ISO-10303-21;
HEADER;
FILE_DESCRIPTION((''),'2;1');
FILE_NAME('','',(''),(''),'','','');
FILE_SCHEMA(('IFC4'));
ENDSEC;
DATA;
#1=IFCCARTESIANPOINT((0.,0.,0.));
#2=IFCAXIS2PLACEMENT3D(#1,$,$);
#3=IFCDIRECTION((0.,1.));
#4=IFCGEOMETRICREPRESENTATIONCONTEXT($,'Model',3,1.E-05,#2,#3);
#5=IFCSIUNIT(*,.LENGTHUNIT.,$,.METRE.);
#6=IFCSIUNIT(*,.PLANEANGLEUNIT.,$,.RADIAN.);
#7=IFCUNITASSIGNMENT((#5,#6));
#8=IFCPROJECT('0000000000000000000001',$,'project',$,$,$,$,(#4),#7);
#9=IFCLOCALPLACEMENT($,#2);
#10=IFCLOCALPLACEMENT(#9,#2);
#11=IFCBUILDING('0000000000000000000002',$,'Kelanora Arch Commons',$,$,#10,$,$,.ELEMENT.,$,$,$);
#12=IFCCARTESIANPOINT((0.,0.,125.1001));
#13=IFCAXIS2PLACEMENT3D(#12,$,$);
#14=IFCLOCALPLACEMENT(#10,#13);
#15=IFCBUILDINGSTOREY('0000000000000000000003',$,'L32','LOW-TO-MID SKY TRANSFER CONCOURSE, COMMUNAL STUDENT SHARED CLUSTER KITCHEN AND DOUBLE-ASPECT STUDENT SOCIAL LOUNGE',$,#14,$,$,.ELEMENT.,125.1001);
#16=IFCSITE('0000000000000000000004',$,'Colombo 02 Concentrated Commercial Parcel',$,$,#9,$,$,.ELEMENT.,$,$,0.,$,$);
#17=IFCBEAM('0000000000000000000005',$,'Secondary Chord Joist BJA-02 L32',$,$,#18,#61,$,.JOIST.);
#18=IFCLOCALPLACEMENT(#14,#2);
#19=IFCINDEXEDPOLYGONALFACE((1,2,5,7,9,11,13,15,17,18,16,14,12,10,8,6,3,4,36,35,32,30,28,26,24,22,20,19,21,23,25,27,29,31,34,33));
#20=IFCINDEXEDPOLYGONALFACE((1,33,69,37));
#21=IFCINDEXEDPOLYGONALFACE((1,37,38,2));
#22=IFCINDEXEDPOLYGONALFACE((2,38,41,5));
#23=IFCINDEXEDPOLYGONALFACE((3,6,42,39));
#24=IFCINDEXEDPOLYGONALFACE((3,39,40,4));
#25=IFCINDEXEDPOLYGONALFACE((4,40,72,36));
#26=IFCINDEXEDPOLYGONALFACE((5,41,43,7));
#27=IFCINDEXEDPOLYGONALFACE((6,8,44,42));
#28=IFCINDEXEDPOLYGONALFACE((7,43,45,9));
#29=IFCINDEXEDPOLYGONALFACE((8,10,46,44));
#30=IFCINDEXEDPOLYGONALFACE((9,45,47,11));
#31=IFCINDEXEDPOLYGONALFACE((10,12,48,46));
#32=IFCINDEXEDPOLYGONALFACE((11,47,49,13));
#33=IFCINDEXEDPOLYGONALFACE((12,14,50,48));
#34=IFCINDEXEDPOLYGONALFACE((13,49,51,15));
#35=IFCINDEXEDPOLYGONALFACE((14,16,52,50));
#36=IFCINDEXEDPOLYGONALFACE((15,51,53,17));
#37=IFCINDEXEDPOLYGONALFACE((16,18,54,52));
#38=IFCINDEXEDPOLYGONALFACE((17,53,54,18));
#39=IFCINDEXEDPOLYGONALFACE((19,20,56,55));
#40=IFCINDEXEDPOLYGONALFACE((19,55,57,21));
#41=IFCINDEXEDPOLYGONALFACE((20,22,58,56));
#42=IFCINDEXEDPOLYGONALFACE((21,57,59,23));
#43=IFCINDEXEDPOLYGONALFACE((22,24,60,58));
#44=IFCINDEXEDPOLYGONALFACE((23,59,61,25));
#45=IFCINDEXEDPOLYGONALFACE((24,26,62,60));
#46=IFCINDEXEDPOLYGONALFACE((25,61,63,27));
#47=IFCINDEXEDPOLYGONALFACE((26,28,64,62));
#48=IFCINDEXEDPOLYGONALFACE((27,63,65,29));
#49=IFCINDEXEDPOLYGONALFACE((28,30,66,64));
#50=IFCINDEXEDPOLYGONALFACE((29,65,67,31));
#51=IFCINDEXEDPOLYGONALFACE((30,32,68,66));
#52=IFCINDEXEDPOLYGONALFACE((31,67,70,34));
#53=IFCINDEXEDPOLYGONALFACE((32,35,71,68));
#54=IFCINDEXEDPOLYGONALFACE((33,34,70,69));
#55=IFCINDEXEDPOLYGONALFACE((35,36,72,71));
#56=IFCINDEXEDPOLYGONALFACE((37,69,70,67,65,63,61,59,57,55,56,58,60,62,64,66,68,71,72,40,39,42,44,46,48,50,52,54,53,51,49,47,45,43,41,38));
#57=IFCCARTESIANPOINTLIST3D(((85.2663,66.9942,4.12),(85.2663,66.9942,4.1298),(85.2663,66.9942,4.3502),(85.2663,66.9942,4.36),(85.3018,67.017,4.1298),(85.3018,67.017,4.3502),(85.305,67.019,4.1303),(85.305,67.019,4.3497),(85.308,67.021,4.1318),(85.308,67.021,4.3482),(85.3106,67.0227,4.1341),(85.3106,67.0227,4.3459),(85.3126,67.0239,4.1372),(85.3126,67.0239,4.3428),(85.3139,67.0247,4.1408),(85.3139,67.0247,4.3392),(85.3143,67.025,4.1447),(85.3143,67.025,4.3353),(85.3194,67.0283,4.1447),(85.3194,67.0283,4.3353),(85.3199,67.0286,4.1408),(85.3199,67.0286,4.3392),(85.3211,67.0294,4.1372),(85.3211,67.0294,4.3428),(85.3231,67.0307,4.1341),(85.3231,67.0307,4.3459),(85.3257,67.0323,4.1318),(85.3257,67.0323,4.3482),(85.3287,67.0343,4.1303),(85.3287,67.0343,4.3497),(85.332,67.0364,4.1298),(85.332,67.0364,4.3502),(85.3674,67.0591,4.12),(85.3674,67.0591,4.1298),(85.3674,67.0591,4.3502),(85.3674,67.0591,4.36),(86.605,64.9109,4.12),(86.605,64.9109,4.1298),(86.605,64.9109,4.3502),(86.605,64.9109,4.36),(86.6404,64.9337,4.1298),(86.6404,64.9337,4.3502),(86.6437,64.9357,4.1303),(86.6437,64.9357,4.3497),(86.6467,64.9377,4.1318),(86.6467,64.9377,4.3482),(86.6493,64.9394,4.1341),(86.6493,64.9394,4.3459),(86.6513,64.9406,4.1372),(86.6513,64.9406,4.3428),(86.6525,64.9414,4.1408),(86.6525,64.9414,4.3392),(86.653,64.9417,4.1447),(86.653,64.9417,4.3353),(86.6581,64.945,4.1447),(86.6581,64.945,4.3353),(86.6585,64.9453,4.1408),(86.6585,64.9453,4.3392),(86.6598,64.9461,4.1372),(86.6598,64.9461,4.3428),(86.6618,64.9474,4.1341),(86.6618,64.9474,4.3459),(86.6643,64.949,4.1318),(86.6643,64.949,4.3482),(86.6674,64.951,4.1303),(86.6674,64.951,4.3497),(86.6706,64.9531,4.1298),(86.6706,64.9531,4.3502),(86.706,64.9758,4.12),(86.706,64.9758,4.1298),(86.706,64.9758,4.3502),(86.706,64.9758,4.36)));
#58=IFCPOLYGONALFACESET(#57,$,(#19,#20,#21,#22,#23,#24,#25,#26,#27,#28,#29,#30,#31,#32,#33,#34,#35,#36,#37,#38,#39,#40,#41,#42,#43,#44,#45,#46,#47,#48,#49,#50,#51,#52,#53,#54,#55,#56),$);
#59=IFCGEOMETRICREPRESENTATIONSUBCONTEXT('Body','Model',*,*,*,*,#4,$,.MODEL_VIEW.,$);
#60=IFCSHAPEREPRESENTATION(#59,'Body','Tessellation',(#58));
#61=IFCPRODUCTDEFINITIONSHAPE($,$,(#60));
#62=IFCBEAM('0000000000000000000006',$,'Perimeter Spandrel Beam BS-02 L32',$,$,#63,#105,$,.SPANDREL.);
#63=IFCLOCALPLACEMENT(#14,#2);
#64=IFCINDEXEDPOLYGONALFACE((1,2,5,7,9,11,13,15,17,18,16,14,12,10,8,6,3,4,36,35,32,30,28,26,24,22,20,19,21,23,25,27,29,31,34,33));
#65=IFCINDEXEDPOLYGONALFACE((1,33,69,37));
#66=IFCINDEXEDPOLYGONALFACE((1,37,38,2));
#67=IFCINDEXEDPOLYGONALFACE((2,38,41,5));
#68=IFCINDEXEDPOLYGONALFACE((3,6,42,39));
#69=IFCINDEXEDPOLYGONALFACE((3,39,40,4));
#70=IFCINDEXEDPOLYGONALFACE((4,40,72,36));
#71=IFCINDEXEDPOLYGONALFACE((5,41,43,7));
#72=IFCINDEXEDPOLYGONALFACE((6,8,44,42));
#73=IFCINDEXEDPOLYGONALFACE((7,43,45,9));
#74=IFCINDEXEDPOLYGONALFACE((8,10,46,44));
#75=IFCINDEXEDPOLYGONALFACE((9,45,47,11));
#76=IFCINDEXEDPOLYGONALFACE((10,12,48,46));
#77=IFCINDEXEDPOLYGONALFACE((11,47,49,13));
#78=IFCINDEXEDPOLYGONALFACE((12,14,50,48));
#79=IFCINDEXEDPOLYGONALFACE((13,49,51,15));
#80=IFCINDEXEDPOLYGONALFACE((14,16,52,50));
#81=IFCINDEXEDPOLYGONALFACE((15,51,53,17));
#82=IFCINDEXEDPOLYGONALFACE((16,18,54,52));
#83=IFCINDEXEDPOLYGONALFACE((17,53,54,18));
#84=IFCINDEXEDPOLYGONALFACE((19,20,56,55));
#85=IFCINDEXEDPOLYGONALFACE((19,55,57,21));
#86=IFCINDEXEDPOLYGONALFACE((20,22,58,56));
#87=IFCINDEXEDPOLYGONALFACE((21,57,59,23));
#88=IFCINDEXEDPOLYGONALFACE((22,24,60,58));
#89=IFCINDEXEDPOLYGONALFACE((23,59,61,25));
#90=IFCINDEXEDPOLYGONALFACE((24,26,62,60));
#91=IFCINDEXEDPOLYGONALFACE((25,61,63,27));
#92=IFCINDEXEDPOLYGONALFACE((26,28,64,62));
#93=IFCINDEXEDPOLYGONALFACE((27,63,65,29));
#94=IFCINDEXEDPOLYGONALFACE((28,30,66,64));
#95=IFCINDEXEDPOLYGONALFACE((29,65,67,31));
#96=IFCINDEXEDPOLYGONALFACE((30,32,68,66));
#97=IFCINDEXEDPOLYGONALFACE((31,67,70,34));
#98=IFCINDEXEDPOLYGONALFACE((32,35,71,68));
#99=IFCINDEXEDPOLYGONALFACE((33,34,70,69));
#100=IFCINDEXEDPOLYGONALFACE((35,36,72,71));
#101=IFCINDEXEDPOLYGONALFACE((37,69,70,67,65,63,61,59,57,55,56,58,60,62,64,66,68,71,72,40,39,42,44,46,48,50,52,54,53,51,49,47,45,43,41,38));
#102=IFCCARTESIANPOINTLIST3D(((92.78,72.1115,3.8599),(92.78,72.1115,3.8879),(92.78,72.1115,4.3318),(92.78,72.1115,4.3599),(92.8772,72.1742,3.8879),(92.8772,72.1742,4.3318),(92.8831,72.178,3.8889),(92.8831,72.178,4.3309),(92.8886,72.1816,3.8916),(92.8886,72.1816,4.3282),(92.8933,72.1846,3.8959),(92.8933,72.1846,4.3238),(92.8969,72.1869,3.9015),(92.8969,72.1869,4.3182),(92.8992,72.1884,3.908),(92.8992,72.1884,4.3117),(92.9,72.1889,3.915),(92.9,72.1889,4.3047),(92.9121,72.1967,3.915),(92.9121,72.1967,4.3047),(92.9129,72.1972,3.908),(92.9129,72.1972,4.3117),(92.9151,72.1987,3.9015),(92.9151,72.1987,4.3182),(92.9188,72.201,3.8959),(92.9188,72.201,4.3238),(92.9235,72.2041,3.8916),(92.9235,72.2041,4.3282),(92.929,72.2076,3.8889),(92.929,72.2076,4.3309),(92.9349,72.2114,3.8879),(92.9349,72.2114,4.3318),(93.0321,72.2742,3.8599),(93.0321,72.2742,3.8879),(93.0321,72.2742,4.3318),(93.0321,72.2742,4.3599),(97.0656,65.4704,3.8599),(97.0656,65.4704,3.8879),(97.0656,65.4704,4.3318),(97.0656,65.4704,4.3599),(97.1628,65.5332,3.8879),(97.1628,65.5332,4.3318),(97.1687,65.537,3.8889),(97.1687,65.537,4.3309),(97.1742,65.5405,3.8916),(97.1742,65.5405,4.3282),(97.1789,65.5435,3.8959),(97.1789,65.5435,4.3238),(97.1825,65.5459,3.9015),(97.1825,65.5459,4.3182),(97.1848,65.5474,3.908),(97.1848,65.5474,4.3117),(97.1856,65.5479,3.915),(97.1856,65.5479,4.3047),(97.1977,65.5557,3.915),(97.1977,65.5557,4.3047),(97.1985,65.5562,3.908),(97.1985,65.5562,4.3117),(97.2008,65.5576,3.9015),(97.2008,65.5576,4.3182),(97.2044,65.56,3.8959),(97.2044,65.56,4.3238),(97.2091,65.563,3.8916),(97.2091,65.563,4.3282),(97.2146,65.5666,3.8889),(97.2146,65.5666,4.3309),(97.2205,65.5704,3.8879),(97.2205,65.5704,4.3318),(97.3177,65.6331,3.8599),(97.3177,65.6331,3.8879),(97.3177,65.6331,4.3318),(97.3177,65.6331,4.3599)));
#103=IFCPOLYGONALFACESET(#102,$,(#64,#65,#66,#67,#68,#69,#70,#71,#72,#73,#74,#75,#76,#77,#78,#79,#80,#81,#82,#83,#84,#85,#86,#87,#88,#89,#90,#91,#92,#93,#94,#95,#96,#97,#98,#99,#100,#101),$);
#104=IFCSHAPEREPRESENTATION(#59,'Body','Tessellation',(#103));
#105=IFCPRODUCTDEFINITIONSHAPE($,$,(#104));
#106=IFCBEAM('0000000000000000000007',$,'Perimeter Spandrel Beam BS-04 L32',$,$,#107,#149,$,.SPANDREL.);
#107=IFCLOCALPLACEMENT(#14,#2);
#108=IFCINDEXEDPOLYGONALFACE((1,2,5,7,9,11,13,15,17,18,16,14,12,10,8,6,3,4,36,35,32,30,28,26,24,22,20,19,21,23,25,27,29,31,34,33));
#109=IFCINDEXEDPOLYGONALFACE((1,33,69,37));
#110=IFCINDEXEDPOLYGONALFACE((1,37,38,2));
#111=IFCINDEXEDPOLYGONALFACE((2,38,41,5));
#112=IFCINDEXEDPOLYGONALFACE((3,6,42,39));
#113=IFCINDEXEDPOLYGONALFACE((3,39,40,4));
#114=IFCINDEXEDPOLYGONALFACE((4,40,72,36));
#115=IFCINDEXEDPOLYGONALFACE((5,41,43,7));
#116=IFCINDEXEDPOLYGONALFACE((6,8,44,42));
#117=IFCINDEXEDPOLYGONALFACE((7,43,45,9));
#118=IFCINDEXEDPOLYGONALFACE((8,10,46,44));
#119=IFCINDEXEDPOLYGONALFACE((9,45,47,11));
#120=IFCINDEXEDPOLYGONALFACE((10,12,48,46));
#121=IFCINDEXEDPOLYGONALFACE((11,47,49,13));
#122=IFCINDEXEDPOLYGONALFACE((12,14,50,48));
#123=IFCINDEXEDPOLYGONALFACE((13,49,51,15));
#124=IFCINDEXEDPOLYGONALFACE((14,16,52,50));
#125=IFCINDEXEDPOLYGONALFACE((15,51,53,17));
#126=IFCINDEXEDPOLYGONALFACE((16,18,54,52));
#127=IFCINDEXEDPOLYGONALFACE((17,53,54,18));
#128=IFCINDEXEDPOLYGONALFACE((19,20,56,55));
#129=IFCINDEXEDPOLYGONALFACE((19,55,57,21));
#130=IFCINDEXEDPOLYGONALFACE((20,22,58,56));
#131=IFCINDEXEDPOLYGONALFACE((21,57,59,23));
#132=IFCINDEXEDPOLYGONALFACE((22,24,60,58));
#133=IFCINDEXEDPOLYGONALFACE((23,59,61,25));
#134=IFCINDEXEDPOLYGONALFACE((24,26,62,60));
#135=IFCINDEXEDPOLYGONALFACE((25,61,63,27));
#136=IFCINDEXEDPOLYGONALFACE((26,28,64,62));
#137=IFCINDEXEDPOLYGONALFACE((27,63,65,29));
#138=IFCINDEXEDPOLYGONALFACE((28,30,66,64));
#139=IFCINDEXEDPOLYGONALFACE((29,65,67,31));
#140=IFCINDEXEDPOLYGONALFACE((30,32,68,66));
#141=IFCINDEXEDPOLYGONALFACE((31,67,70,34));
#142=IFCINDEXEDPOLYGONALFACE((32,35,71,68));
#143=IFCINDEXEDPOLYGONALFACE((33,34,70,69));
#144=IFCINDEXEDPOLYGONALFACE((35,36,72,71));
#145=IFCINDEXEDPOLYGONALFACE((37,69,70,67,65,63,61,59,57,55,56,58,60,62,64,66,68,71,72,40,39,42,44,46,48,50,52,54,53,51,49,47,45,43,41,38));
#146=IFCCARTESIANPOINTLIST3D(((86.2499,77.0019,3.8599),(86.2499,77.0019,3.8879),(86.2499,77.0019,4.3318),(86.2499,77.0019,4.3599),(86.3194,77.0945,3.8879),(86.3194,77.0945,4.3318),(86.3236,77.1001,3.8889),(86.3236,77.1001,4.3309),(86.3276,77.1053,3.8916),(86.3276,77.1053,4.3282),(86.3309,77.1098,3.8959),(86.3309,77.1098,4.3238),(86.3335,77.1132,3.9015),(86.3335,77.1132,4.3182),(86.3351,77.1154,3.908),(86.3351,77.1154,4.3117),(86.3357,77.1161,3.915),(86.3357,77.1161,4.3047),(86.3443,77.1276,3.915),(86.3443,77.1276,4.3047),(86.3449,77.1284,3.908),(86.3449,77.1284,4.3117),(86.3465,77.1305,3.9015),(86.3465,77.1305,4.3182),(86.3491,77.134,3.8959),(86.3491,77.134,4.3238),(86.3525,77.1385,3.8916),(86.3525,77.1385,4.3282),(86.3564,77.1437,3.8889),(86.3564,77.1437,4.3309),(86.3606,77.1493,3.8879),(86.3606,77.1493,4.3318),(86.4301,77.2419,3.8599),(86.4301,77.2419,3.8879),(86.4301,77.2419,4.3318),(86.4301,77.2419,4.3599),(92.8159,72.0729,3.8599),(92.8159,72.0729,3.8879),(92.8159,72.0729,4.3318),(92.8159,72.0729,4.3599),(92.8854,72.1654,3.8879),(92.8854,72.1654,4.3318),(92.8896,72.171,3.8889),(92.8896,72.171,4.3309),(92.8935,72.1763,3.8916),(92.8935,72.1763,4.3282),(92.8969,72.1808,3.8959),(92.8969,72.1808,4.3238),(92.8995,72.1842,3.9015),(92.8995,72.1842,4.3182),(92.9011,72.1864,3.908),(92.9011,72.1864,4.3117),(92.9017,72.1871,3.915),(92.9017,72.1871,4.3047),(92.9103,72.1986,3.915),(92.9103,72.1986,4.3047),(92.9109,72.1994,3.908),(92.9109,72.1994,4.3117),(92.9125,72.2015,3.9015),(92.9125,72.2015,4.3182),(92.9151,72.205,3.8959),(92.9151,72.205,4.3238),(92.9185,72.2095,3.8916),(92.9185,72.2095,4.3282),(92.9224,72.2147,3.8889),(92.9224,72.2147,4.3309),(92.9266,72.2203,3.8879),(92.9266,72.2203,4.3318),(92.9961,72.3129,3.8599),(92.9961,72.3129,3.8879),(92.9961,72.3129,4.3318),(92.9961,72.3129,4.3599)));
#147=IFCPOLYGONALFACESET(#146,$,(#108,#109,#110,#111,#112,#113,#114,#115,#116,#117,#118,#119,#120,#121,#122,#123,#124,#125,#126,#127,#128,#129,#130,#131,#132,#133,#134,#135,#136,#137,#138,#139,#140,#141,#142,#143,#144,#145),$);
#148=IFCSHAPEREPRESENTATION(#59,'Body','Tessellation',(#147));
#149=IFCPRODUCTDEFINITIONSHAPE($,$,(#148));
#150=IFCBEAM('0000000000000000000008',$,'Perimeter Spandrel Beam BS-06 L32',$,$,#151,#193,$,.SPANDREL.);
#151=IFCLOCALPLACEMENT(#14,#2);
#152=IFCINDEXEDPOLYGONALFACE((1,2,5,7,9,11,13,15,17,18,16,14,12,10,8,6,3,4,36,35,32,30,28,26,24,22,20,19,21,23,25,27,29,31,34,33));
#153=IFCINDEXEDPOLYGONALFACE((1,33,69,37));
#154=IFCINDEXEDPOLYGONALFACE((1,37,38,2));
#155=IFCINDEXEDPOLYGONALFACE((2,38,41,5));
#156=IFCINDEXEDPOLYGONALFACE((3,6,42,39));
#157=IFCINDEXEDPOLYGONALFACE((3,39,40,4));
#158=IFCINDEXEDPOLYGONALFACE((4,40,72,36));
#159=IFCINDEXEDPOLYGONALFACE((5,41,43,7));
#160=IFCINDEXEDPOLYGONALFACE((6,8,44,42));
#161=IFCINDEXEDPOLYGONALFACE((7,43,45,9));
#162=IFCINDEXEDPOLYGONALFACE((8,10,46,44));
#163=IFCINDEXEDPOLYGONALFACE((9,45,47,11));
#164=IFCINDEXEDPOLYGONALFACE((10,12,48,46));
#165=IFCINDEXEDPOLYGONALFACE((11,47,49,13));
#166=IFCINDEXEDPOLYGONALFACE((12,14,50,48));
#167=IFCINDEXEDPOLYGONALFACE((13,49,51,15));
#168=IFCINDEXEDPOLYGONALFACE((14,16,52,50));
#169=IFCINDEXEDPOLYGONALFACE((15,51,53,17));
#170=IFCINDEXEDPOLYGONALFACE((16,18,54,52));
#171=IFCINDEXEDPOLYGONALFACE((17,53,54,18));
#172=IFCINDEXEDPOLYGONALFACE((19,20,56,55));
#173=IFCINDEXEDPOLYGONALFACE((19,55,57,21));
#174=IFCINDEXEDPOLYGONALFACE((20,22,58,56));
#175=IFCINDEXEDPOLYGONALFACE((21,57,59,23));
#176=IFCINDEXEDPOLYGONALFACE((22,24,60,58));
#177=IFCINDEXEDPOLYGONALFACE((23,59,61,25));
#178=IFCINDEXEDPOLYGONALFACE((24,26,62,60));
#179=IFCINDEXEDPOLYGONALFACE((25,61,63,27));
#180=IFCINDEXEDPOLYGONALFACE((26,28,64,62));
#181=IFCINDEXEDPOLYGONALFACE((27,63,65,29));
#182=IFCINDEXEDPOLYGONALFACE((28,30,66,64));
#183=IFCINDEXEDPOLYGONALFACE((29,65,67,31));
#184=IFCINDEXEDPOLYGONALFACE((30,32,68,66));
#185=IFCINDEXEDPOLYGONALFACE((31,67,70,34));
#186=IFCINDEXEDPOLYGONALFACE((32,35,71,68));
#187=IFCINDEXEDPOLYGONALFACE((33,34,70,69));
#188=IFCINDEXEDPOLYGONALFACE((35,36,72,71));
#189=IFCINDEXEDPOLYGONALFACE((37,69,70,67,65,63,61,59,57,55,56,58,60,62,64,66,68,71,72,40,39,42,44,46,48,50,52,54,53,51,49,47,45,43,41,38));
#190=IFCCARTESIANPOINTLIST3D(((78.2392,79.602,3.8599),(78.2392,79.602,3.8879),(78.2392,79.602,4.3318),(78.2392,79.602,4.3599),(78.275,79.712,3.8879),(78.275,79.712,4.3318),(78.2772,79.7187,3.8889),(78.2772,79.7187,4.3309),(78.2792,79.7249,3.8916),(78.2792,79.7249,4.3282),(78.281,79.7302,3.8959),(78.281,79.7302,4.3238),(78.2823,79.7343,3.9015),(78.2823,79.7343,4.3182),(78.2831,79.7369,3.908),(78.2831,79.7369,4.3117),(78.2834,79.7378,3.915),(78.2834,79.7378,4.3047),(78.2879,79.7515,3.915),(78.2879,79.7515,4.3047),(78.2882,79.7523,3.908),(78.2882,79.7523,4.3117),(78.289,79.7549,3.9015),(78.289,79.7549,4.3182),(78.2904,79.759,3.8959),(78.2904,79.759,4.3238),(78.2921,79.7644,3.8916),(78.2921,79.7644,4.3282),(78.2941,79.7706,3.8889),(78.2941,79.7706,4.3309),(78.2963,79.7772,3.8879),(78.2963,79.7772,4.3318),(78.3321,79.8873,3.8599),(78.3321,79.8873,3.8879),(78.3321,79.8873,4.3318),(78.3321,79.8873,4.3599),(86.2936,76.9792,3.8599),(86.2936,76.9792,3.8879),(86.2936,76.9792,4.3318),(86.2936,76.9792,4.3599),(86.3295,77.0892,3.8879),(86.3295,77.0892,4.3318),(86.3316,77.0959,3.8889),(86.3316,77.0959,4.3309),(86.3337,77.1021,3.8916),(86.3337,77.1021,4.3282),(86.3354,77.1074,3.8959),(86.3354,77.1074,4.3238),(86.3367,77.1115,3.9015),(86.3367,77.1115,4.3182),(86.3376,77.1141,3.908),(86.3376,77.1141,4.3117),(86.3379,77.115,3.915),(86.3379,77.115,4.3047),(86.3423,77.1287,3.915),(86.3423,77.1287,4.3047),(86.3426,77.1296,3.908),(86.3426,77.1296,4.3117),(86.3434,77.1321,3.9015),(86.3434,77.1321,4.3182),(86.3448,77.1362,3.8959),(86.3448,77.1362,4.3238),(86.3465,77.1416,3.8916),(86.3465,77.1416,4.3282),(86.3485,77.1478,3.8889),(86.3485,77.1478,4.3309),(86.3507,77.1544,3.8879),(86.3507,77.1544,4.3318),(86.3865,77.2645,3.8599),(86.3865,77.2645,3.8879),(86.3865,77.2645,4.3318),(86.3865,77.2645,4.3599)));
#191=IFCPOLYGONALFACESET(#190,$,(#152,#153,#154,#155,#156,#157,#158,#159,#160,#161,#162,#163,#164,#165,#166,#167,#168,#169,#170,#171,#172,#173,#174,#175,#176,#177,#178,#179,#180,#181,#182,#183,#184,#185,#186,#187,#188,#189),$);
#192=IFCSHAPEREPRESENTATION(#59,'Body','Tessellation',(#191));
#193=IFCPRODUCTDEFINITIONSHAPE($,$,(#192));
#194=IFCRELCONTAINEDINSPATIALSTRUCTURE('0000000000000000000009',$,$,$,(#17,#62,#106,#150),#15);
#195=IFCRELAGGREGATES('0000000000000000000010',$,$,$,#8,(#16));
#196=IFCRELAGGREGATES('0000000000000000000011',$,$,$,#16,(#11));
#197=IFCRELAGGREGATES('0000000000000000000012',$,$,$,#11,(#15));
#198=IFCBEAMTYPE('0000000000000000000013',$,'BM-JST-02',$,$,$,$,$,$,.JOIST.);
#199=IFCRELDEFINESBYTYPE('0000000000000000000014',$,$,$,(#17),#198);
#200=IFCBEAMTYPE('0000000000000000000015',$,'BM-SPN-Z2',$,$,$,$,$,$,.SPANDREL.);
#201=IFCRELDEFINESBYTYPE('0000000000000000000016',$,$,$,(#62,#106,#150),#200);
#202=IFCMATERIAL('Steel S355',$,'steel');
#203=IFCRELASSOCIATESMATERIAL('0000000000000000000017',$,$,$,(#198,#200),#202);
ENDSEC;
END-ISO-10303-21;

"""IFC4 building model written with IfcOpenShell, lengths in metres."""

from ifc_helpers import new_model, si_unit, direction, frame, origin, origin_2d, place, context, subcontext, project, spatial, i_section, extrude, material, material_profile, profile_set, type_object, element, save


model = new_model("IFC4")

# Units and contexts
model_context = context("Model", 3, precision=1e-05, world=origin(), true_north=direction((0.0, 1.0)))
body_context = subcontext(model_context, "Body", "Model", "MODEL_VIEW")
ifc_project = project(units=[si_unit("LENGTHUNIT", "METRE"), si_unit("PLANEANGLEUNIT", "RADIAN")], contexts=[model_context])

# Site, building, storey
site_placement = place(None, origin())
site = spatial("IfcSite", under=ifc_project, at=site_placement, Name="Colombo 02 Concentrated Commercial Parcel", CompositionType="ELEMENT", RefElevation=0.0)
building_placement = place(site_placement, origin())
building = spatial("IfcBuilding", under=site, at=building_placement, Name="Kelanora Arch Commons", CompositionType="ELEMENT")
storey_placement = place(building_placement, frame((0.0, 0.0, 125.1001)))
storey = spatial("IfcBuildingStorey", under=building, at=storey_placement, Name="L32", Description="LOW-TO-MID SKY TRANSFER CONCOURSE, COMMUNAL STUDENT SHARED CLUSTER KITCHEN AND DOUBLE-ASPECT STUDENT SOCIAL LOUNGE", CompositionType="ELEMENT", Elevation=125.1001)

# Beams
ifc_material_1 = material(Name="Steel S355", Category="steel")
ifc_material_profile_1 = material_profile(ifc_material_1, i_section(OverallWidth=0.1201, OverallDepth=0.24, WebThickness=0.0061, FlangeThickness=0.0098, FilletRadius=0.0149, at=origin_2d()), Name="IPE240")
ifc_profile_set_1 = profile_set([ifc_material_profile_1], Name="Steel S355")
beam_type_1 = type_object("IfcBeamType", Name="BM-JST-02", PredefinedType="JOIST", material=ifc_profile_set_1)
beam_1_placement = place(storey_placement, frame((86.6555, 64.9434, 4.24), z_axis=(-0.540583, 0.841291, 0.0), x_axis=(-0.841291, -0.540583, 0.0)))
element("IfcBeam", 1, at=beam_1_placement, inside=storey, type_object=beam_type_1, Name="Secondary Chord Joist BJA-02 L32", PredefinedType="JOIST", context=body_context, shape_type="SweptSolid", body=[
    extrude(i_section(OverallWidth=0.1201, OverallDepth=0.24, WebThickness=0.0061, FlangeThickness=0.0098, FilletRadius=0.0149, at=origin_2d()), origin(), (0.0, 0.0, 1.0), 2.4763),
])
ifc_material_profile_2 = material_profile(ifc_material_1, i_section(OverallWidth=0.3, OverallDepth=0.5, WebThickness=0.0144, FlangeThickness=0.0281, FilletRadius=0.0271, at=origin_2d()), Name="HEB500")
ifc_profile_set_2 = profile_set([ifc_material_profile_2], Name="Steel S355")
beam_type_2 = type_object("IfcBeamType", Name="BM-SPN-Z2", PredefinedType="SPANDREL", material=ifc_profile_set_2)
beam_2_placement = place(storey_placement, frame((97.1917, 65.5518, 4.1099), z_axis=(-0.542221, 0.840236, 0.0), x_axis=(-0.840236, -0.542221, 0.0)))
element("IfcBeam", 2, at=beam_2_placement, inside=storey, type_object=beam_type_2, Name="Perimeter Spandrel Beam BS-02 L32", PredefinedType="SPANDREL", context=body_context, shape_type="SweptSolid", body=[
    extrude(i_section(OverallWidth=0.3, OverallDepth=0.5, WebThickness=0.0144, FlangeThickness=0.0281, FilletRadius=0.0271, at=origin_2d()), origin(), (0.0, 0.0, 1.0), 7.9038),
])
beam_3_placement = place(storey_placement, frame((92.906, 72.1929, 4.1099), z_axis=(-0.799736, 0.600352, 0.0), x_axis=(-0.600352, -0.799736, 0.0)))
element("IfcBeam", 3, at=beam_3_placement, inside=storey, type_object=beam_type_2, Name="Perimeter Spandrel Beam BS-04 L32", PredefinedType="SPANDREL", context=body_context, shape_type="SweptSolid", body=[
    extrude(i_section(OverallWidth=0.3, OverallDepth=0.5, WebThickness=0.0144, FlangeThickness=0.0281, FilletRadius=0.0271, at=origin_2d()), origin(), (0.0, 0.0, 1.0), 8.2102),
])
beam_4_placement = place(storey_placement, frame((86.3401, 77.1218, 4.1099), z_axis=(-0.950857, 0.309631, 0.0), x_axis=(-0.309631, -0.950857, 0.0)))
element("IfcBeam", 4, at=beam_4_placement, inside=storey, type_object=beam_type_2, Name="Perimeter Spandrel Beam BS-06 L32", PredefinedType="SPANDREL", context=body_context, shape_type="SweptSolid", body=[
    extrude(i_section(OverallWidth=0.3, OverallDepth=0.5, WebThickness=0.0144, FlangeThickness=0.0281, FilletRadius=0.0271, at=origin_2d()), origin(), (0.0, 0.0, 1.0), 8.4707),
])

save(model, "model.ifc")
